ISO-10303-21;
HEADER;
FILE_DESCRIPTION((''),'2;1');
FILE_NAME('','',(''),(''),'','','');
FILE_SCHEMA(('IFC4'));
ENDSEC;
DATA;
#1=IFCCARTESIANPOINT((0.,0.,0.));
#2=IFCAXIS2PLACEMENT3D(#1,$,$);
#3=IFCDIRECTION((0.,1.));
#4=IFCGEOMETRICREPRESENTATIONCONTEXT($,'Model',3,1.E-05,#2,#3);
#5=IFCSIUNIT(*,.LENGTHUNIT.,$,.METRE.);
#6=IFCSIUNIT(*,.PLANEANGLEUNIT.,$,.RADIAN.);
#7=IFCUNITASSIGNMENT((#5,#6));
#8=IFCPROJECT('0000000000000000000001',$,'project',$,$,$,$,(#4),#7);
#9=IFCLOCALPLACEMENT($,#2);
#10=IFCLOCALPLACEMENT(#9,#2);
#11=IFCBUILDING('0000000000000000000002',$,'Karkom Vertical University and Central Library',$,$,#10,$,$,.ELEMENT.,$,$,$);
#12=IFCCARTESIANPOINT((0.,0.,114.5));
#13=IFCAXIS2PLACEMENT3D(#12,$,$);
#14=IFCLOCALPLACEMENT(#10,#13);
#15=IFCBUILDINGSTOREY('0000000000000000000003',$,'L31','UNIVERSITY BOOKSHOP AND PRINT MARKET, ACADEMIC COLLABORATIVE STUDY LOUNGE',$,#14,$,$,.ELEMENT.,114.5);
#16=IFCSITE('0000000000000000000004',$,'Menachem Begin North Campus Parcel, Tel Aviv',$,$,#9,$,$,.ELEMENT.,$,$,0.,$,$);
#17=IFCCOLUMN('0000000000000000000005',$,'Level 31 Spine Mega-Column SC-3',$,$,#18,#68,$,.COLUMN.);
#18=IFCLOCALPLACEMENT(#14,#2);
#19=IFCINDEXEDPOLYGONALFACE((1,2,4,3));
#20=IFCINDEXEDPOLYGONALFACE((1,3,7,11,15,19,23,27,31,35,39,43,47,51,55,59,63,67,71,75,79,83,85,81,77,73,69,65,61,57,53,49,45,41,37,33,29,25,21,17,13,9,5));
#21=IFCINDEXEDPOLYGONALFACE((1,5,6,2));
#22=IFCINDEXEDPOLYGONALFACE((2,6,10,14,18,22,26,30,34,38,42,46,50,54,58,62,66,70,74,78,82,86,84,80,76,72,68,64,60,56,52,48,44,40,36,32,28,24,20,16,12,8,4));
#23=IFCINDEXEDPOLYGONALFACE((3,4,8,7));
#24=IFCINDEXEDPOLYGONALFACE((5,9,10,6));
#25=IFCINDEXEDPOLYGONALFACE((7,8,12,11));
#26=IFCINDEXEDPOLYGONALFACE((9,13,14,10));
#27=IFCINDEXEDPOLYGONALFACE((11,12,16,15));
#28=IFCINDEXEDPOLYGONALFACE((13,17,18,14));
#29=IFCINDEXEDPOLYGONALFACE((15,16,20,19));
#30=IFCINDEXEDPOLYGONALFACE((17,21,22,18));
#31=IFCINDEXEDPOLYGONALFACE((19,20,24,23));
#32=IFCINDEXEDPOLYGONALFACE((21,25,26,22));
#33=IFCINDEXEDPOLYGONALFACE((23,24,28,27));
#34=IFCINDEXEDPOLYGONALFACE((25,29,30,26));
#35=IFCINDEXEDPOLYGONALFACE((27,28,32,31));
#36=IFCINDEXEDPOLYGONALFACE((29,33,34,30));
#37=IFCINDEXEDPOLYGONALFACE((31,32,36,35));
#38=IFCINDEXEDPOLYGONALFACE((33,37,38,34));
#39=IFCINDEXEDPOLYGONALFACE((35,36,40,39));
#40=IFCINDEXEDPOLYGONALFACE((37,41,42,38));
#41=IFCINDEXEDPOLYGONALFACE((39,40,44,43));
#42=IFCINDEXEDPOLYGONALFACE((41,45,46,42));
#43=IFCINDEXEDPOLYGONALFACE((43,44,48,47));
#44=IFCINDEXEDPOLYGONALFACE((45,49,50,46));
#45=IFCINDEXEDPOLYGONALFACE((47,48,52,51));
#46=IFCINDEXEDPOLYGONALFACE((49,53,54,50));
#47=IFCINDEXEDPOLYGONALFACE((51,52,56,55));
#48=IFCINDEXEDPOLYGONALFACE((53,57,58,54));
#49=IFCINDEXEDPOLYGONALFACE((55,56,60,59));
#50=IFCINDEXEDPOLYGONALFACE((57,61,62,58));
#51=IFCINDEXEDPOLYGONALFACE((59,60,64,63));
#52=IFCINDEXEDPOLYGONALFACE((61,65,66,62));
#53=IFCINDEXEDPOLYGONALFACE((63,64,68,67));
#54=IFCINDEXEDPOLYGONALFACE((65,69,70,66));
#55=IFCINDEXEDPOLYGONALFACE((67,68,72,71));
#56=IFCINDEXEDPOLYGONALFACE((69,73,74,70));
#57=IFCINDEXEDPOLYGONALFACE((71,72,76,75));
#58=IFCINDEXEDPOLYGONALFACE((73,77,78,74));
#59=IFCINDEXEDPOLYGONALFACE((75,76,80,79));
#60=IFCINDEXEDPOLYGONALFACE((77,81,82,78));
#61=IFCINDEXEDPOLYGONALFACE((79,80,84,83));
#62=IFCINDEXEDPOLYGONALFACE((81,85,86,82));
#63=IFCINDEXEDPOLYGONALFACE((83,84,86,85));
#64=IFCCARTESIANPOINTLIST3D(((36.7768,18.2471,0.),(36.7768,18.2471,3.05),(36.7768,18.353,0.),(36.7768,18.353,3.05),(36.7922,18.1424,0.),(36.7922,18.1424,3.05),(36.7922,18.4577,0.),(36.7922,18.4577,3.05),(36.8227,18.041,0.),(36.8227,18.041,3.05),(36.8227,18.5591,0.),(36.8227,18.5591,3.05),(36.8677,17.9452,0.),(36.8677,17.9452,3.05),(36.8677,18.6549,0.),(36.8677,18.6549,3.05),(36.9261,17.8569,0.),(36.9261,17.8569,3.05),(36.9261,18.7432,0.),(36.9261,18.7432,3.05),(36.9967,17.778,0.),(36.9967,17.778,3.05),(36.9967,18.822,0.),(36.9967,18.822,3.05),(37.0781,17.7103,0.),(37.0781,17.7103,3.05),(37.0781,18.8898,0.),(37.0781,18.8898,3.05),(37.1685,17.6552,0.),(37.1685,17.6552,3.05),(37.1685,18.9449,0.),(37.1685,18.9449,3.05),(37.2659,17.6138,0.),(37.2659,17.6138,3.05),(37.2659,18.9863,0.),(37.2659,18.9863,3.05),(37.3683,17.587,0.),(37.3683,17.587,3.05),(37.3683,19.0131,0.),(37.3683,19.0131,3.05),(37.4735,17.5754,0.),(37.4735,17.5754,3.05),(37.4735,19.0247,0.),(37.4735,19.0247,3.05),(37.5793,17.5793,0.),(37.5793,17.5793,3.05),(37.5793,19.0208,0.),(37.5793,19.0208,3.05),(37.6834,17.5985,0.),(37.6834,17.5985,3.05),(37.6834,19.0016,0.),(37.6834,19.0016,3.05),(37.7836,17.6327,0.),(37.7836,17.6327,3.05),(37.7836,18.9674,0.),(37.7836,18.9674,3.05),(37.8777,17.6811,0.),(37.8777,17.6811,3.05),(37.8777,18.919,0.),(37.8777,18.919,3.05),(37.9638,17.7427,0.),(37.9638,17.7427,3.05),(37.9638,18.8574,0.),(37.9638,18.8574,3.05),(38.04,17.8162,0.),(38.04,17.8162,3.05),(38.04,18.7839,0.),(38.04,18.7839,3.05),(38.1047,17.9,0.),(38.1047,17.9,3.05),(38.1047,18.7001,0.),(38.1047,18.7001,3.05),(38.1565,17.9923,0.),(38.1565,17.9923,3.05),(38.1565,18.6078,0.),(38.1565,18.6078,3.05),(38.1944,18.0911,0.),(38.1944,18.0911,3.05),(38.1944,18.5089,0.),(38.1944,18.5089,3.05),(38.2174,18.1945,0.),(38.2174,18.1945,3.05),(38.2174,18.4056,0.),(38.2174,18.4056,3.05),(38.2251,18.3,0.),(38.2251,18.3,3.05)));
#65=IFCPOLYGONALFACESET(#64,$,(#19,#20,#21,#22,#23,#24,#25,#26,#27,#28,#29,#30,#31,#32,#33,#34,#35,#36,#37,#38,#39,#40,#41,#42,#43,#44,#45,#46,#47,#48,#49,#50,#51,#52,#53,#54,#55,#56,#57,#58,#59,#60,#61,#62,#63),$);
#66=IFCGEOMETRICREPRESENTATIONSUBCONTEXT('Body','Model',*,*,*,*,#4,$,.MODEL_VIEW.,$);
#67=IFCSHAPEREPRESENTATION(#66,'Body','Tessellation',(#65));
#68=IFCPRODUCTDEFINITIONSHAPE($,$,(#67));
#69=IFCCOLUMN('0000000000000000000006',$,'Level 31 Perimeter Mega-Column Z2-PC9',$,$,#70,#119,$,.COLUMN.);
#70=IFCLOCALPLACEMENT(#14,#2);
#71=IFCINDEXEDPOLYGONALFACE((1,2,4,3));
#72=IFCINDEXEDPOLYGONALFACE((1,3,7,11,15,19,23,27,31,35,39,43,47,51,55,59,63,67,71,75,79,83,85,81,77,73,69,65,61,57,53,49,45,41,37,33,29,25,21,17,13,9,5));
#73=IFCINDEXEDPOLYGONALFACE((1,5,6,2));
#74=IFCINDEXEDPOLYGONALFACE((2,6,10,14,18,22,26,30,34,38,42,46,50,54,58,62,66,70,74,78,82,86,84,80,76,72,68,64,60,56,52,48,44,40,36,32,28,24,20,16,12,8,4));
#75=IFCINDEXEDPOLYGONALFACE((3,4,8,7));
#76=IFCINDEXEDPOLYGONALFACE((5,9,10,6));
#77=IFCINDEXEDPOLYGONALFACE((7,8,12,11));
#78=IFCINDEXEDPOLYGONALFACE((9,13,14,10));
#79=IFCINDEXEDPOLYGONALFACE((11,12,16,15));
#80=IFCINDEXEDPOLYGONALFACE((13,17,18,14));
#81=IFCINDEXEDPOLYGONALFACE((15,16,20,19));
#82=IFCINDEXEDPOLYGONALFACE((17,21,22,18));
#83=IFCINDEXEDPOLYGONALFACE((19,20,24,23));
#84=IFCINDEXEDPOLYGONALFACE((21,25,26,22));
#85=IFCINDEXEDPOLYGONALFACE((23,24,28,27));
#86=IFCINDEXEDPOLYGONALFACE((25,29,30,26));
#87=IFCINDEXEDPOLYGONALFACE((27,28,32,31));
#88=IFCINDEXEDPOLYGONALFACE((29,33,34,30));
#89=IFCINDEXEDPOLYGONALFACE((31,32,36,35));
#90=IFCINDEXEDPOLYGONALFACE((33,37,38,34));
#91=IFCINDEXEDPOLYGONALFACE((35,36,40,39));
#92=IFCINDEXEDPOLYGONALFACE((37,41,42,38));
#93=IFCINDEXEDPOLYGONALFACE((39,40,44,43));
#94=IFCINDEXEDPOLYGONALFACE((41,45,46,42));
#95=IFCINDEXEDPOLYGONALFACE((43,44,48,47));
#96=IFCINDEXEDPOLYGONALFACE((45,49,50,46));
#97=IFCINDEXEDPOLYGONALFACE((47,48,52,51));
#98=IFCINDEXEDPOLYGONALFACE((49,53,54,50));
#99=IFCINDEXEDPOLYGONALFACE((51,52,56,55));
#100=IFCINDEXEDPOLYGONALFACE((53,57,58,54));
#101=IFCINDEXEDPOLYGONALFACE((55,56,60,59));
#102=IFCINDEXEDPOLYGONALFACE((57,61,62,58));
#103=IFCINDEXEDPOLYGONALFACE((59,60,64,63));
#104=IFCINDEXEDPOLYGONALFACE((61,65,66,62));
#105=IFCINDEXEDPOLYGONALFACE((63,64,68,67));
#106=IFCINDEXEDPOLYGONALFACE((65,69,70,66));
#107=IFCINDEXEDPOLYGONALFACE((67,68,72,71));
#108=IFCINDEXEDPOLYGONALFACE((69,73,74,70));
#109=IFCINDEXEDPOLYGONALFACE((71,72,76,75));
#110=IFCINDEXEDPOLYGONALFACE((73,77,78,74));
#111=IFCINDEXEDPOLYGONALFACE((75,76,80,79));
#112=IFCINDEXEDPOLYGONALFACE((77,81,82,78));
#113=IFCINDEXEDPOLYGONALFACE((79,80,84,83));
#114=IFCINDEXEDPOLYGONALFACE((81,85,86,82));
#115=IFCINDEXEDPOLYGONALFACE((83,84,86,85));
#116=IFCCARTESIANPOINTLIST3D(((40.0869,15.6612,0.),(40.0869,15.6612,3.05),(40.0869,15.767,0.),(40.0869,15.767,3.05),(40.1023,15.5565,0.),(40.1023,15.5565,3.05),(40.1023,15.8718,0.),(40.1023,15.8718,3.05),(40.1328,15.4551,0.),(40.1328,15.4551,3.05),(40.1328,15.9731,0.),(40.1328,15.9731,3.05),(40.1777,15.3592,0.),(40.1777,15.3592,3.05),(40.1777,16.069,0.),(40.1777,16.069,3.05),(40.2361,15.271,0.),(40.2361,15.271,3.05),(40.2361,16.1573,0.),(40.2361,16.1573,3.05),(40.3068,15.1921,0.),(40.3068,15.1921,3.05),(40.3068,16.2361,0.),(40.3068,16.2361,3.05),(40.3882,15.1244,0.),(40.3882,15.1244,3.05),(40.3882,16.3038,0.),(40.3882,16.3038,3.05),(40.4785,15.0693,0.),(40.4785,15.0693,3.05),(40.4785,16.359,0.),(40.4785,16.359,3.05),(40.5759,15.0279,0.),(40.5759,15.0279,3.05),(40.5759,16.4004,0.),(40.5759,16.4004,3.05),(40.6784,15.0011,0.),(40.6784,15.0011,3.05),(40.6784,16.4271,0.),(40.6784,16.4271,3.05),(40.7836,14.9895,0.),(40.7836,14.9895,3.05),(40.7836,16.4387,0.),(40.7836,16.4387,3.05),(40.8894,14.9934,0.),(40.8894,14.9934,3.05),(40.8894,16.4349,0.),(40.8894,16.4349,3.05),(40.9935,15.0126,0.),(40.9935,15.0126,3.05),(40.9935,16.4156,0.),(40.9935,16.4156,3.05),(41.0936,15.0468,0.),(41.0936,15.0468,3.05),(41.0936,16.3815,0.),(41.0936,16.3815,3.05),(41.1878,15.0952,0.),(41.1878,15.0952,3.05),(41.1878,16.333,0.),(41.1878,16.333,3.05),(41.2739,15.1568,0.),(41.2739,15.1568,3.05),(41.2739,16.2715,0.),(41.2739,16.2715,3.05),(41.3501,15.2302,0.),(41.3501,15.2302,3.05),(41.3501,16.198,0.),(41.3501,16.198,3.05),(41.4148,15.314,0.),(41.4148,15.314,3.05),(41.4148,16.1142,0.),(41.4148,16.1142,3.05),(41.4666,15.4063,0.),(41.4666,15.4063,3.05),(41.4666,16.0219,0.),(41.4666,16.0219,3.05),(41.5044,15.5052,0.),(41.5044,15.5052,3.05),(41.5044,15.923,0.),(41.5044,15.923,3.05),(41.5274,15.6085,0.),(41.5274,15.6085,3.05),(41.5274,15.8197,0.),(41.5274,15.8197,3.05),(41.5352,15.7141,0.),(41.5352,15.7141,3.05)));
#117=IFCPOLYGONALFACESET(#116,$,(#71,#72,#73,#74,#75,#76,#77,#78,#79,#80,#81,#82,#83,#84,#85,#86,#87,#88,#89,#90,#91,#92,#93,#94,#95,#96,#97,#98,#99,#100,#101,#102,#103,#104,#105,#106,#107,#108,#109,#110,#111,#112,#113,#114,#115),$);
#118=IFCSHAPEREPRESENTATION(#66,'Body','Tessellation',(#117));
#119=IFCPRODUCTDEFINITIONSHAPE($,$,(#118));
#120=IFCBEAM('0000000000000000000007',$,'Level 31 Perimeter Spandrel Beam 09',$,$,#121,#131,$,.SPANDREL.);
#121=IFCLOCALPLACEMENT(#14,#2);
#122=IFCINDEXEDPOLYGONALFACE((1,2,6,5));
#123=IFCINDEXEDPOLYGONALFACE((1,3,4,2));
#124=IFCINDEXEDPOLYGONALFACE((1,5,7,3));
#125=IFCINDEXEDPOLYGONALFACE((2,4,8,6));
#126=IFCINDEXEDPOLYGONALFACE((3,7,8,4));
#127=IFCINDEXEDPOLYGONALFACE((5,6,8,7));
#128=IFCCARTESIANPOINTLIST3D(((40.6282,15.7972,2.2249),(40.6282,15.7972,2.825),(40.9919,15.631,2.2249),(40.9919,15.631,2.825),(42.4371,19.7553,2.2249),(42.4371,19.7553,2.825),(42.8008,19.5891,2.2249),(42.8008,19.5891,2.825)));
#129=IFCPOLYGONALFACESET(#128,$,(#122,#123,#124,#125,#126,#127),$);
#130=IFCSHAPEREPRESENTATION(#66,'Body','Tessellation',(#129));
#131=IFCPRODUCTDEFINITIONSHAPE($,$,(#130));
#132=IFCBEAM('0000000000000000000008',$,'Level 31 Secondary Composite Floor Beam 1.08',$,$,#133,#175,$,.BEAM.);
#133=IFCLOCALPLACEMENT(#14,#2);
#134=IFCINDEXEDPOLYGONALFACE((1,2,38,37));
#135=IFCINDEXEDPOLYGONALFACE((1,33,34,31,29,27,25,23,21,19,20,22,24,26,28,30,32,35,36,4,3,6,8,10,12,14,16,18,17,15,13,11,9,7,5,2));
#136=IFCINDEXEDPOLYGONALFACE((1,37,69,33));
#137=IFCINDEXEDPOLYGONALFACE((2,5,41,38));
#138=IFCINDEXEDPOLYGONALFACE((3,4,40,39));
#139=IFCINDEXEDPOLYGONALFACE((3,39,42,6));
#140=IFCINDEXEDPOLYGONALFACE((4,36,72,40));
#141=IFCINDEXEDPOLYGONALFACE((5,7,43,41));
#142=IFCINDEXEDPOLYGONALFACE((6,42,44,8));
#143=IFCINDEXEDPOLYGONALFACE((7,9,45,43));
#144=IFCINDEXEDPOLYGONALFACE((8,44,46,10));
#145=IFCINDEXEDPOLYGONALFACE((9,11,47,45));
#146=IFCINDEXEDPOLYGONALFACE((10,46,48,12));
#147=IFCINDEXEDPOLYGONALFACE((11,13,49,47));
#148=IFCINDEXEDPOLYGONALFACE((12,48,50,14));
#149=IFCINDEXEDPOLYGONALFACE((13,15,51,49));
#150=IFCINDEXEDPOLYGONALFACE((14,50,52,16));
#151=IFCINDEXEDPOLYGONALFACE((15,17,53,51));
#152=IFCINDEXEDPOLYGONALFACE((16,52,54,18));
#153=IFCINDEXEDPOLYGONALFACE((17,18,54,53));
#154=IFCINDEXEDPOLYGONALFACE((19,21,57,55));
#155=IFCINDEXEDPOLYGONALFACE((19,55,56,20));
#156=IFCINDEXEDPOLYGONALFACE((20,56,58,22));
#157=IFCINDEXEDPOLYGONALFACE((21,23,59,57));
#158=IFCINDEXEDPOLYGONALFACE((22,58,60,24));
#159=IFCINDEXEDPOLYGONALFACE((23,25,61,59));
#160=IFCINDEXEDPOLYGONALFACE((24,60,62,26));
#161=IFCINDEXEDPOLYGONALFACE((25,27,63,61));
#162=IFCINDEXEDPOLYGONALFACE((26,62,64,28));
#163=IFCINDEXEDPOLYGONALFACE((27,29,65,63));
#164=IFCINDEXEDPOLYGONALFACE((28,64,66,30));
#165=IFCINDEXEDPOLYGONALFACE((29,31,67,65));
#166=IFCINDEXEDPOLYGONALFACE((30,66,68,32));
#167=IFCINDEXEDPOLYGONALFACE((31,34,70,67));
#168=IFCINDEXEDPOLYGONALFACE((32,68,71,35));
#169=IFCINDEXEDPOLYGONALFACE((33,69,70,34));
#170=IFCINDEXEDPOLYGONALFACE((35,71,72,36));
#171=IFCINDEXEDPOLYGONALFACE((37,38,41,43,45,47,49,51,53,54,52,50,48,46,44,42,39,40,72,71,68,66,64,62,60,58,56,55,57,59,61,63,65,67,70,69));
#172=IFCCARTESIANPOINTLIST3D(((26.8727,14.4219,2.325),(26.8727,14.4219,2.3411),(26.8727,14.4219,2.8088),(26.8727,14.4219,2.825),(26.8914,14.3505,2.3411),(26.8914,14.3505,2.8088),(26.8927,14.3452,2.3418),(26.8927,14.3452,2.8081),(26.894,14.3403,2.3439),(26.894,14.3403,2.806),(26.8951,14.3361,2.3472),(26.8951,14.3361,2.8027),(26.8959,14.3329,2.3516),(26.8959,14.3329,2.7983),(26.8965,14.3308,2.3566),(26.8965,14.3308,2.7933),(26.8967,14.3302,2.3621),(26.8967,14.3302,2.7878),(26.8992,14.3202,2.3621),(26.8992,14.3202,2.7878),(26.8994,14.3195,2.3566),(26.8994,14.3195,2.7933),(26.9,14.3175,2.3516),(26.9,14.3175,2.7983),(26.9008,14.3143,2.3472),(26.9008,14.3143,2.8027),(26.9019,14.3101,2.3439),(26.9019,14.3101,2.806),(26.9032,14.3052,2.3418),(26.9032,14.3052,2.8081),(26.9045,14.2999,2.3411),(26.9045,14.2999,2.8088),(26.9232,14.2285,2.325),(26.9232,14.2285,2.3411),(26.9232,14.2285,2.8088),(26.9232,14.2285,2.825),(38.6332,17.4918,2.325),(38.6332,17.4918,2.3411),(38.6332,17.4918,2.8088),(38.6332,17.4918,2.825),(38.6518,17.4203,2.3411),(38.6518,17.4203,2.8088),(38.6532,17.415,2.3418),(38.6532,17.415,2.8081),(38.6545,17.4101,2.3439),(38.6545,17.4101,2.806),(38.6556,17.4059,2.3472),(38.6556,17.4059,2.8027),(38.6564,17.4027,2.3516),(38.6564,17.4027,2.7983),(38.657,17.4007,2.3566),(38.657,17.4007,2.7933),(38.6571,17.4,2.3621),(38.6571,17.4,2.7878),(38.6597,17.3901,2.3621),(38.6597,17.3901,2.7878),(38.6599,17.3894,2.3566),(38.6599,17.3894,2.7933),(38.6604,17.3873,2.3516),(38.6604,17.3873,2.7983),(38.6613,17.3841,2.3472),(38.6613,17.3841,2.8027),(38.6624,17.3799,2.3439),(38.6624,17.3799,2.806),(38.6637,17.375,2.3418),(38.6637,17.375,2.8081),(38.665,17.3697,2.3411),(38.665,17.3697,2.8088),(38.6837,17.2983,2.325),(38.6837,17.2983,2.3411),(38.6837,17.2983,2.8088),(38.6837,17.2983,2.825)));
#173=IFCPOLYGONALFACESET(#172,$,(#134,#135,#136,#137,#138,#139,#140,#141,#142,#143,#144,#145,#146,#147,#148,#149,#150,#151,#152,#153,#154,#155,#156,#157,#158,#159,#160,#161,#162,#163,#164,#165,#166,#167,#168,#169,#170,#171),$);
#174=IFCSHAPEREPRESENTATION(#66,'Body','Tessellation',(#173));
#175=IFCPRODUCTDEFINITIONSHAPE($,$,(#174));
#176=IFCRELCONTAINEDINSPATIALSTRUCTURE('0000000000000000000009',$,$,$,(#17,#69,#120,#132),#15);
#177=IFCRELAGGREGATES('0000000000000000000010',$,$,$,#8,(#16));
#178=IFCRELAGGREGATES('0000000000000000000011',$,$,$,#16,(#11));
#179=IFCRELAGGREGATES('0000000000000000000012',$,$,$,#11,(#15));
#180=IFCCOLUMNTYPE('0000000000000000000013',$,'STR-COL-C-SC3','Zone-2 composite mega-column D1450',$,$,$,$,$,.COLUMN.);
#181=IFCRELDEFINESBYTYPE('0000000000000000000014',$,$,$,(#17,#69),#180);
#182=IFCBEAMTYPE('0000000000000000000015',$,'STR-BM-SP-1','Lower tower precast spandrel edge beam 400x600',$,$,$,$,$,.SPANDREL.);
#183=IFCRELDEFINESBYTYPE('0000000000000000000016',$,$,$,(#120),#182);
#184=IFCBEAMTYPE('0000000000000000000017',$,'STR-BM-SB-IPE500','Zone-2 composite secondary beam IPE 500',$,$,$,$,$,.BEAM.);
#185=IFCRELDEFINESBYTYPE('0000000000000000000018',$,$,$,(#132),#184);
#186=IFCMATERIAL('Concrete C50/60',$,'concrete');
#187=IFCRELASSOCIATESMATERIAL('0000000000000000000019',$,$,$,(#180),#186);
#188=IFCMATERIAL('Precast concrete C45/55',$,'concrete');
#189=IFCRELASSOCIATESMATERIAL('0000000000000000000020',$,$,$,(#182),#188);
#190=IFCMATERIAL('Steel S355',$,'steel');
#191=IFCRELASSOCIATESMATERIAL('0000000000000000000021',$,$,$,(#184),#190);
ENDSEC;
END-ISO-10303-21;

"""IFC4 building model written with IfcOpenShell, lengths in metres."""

from ifc_helpers import new_model, si_unit, direction, frame, origin, origin_with_axes, origin_2d, place, context, subcontext, project, spatial, rectangle, circle, i_section, extrude, source, transform, mapped, material, material_profile, profile_set, type_object, element, save


model = new_model("IFC4")

# Units and contexts
model_context = context("Model", 3, precision=1e-05, world=origin(), true_north=direction((0.0, 1.0)))
body_context = subcontext(model_context, "Body", "Model", "MODEL_VIEW")
ifc_project = project(units=[si_unit("LENGTHUNIT", "METRE"), si_unit("PLANEANGLEUNIT", "RADIAN")], contexts=[model_context])

# Site, building, storey
site_placement = place(None, origin())
site = spatial("IfcSite", under=ifc_project, at=site_placement, Name="Menachem Begin North Campus Parcel, Tel Aviv", CompositionType="ELEMENT", RefElevation=0.0)
building_placement = place(site_placement, origin())
building = spatial("IfcBuilding", under=site, at=building_placement, Name="Karkom Vertical University and Central Library", CompositionType="ELEMENT")
storey_placement = place(building_placement, frame((0.0, 0.0, 114.5)))
storey = spatial("IfcBuildingStorey", under=building, at=storey_placement, Name="L31", Description="UNIVERSITY BOOKSHOP AND PRINT MARKET, ACADEMIC COLLABORATIVE STUDY LOUNGE", CompositionType="ELEMENT", Elevation=114.5)

# Columns
ifc_material_1 = material(Name="Concrete C50/60", Category="concrete")
ifc_material_profile_1 = material_profile(ifc_material_1, circle(Radius=0.7251, at=origin_2d()), Name="CFT-D1450")
ifc_profile_set_1 = profile_set([ifc_material_profile_1], Name="Concrete C50/60")
column_type = type_object("IfcColumnType", Name="STR-COL-C-SC3", Description="Zone-2 composite mega-column D1450", PredefinedType="COLUMN", material=ifc_profile_set_1)
shared_shape_1 = source(origin_with_axes(), body_context, "Body", "SweptSolid", [
    extrude(circle(Radius=0.7251, at=origin_2d()), origin(), (0.0, 0.0, 1.0), 3.05),
])
for number, where, z_axis, x_axis, name in (
    (1, (37.5, 18.3, 0.0), (0.0, 0.0, 1.0), (1.0, 0.0, 0.0), "Level 31 Spine Mega-Column SC-3"),
    (2, (40.8101, 15.7141, 0.0), (0.0, 0.0, 1.0), (1.0, 0.0, 0.0), "Level 31 Perimeter Mega-Column Z2-PC9"),
):
    element("IfcColumn", number, at=place(storey_placement, frame(where, z_axis=z_axis, x_axis=x_axis)), inside=storey, type_object=column_type, Name=name, PredefinedType="COLUMN", context=body_context, shape_type="MappedRepresentation", body=[
        mapped(shared_shape_1, transform((0.0, 0.0, 0.0), scale=1.0)),
    ])

# Beams
ifc_material_2 = material(Name="Precast concrete C45/55", Category="concrete")
ifc_material_profile_2 = material_profile(ifc_material_2, rectangle(XDim=0.3999, YDim=0.6001, at=origin_2d()), Name="SPB-400x600")
ifc_profile_set_2 = profile_set([ifc_material_profile_2], Name="Precast concrete C45/55")
beam_type_1 = type_object("IfcBeamType", Name="STR-BM-SP-1", Description="Lower tower precast spandrel edge beam 400x600", PredefinedType="SPANDREL", material=ifc_profile_set_2)
shared_shape_2 = source(origin_with_axes(), body_context, "Body", "SweptSolid", [
    extrude(rectangle(XDim=0.3999, YDim=0.6001, at=origin_2d()), origin(), (0.0, 0.0, 1.0), 4.3518),
])
beam_1_placement = place(storey_placement, frame((40.8101, 15.7141, 2.5249), z_axis=(0.415658, 0.909521, 0.0), x_axis=(-0.909521, 0.415658, 0.0)))
element("IfcBeam", 3, at=beam_1_placement, inside=storey, type_object=beam_type_1, Name="Level 31 Perimeter Spandrel Beam 09", PredefinedType="SPANDREL", context=body_context, shape_type="MappedRepresentation", body=[
    mapped(shared_shape_2, transform((0.0, 0.0, 0.0), scale=1.0)),
])
ifc_material_3 = material(Name="Steel S355", Category="steel")
ifc_material_profile_3 = material_profile(ifc_material_3, i_section(OverallWidth=0.2, OverallDepth=0.5, WebThickness=0.0103, FlangeThickness=0.0161, FilletRadius=0.021, at=origin_2d()), Name="IPE 500")
ifc_profile_set_3 = profile_set([ifc_material_profile_3], Name="Steel S355")
beam_type_2 = type_object("IfcBeamType", Name="STR-BM-SB-IPE500", Description="Zone-2 composite secondary beam IPE 500", PredefinedType="BEAM", material=ifc_profile_set_3)
shared_shape_3 = source(origin_with_axes(), body_context, "Body", "SweptSolid", [
    extrude(i_section(OverallWidth=0.2, OverallDepth=0.5, WebThickness=0.0103, FlangeThickness=0.0161, FilletRadius=0.021, at=origin_2d()), origin(), (0.0, 0.0, 1.0), 12.1545),
])
beam_2_placement = place(storey_placement, frame((26.8979, 14.3252, 2.575), z_axis=(0.96758, 0.252566, 0.0), x_axis=(-0.252566, 0.96758, 0.0)))
element("IfcBeam", 4, at=beam_2_placement, inside=storey, type_object=beam_type_2, Name="Level 31 Secondary Composite Floor Beam 1.08", PredefinedType="BEAM", context=body_context, shape_type="MappedRepresentation", body=[
    mapped(shared_shape_3, transform((0.0, 0.0, 0.0), scale=1.0)),
])

save(model, "model.ifc")
